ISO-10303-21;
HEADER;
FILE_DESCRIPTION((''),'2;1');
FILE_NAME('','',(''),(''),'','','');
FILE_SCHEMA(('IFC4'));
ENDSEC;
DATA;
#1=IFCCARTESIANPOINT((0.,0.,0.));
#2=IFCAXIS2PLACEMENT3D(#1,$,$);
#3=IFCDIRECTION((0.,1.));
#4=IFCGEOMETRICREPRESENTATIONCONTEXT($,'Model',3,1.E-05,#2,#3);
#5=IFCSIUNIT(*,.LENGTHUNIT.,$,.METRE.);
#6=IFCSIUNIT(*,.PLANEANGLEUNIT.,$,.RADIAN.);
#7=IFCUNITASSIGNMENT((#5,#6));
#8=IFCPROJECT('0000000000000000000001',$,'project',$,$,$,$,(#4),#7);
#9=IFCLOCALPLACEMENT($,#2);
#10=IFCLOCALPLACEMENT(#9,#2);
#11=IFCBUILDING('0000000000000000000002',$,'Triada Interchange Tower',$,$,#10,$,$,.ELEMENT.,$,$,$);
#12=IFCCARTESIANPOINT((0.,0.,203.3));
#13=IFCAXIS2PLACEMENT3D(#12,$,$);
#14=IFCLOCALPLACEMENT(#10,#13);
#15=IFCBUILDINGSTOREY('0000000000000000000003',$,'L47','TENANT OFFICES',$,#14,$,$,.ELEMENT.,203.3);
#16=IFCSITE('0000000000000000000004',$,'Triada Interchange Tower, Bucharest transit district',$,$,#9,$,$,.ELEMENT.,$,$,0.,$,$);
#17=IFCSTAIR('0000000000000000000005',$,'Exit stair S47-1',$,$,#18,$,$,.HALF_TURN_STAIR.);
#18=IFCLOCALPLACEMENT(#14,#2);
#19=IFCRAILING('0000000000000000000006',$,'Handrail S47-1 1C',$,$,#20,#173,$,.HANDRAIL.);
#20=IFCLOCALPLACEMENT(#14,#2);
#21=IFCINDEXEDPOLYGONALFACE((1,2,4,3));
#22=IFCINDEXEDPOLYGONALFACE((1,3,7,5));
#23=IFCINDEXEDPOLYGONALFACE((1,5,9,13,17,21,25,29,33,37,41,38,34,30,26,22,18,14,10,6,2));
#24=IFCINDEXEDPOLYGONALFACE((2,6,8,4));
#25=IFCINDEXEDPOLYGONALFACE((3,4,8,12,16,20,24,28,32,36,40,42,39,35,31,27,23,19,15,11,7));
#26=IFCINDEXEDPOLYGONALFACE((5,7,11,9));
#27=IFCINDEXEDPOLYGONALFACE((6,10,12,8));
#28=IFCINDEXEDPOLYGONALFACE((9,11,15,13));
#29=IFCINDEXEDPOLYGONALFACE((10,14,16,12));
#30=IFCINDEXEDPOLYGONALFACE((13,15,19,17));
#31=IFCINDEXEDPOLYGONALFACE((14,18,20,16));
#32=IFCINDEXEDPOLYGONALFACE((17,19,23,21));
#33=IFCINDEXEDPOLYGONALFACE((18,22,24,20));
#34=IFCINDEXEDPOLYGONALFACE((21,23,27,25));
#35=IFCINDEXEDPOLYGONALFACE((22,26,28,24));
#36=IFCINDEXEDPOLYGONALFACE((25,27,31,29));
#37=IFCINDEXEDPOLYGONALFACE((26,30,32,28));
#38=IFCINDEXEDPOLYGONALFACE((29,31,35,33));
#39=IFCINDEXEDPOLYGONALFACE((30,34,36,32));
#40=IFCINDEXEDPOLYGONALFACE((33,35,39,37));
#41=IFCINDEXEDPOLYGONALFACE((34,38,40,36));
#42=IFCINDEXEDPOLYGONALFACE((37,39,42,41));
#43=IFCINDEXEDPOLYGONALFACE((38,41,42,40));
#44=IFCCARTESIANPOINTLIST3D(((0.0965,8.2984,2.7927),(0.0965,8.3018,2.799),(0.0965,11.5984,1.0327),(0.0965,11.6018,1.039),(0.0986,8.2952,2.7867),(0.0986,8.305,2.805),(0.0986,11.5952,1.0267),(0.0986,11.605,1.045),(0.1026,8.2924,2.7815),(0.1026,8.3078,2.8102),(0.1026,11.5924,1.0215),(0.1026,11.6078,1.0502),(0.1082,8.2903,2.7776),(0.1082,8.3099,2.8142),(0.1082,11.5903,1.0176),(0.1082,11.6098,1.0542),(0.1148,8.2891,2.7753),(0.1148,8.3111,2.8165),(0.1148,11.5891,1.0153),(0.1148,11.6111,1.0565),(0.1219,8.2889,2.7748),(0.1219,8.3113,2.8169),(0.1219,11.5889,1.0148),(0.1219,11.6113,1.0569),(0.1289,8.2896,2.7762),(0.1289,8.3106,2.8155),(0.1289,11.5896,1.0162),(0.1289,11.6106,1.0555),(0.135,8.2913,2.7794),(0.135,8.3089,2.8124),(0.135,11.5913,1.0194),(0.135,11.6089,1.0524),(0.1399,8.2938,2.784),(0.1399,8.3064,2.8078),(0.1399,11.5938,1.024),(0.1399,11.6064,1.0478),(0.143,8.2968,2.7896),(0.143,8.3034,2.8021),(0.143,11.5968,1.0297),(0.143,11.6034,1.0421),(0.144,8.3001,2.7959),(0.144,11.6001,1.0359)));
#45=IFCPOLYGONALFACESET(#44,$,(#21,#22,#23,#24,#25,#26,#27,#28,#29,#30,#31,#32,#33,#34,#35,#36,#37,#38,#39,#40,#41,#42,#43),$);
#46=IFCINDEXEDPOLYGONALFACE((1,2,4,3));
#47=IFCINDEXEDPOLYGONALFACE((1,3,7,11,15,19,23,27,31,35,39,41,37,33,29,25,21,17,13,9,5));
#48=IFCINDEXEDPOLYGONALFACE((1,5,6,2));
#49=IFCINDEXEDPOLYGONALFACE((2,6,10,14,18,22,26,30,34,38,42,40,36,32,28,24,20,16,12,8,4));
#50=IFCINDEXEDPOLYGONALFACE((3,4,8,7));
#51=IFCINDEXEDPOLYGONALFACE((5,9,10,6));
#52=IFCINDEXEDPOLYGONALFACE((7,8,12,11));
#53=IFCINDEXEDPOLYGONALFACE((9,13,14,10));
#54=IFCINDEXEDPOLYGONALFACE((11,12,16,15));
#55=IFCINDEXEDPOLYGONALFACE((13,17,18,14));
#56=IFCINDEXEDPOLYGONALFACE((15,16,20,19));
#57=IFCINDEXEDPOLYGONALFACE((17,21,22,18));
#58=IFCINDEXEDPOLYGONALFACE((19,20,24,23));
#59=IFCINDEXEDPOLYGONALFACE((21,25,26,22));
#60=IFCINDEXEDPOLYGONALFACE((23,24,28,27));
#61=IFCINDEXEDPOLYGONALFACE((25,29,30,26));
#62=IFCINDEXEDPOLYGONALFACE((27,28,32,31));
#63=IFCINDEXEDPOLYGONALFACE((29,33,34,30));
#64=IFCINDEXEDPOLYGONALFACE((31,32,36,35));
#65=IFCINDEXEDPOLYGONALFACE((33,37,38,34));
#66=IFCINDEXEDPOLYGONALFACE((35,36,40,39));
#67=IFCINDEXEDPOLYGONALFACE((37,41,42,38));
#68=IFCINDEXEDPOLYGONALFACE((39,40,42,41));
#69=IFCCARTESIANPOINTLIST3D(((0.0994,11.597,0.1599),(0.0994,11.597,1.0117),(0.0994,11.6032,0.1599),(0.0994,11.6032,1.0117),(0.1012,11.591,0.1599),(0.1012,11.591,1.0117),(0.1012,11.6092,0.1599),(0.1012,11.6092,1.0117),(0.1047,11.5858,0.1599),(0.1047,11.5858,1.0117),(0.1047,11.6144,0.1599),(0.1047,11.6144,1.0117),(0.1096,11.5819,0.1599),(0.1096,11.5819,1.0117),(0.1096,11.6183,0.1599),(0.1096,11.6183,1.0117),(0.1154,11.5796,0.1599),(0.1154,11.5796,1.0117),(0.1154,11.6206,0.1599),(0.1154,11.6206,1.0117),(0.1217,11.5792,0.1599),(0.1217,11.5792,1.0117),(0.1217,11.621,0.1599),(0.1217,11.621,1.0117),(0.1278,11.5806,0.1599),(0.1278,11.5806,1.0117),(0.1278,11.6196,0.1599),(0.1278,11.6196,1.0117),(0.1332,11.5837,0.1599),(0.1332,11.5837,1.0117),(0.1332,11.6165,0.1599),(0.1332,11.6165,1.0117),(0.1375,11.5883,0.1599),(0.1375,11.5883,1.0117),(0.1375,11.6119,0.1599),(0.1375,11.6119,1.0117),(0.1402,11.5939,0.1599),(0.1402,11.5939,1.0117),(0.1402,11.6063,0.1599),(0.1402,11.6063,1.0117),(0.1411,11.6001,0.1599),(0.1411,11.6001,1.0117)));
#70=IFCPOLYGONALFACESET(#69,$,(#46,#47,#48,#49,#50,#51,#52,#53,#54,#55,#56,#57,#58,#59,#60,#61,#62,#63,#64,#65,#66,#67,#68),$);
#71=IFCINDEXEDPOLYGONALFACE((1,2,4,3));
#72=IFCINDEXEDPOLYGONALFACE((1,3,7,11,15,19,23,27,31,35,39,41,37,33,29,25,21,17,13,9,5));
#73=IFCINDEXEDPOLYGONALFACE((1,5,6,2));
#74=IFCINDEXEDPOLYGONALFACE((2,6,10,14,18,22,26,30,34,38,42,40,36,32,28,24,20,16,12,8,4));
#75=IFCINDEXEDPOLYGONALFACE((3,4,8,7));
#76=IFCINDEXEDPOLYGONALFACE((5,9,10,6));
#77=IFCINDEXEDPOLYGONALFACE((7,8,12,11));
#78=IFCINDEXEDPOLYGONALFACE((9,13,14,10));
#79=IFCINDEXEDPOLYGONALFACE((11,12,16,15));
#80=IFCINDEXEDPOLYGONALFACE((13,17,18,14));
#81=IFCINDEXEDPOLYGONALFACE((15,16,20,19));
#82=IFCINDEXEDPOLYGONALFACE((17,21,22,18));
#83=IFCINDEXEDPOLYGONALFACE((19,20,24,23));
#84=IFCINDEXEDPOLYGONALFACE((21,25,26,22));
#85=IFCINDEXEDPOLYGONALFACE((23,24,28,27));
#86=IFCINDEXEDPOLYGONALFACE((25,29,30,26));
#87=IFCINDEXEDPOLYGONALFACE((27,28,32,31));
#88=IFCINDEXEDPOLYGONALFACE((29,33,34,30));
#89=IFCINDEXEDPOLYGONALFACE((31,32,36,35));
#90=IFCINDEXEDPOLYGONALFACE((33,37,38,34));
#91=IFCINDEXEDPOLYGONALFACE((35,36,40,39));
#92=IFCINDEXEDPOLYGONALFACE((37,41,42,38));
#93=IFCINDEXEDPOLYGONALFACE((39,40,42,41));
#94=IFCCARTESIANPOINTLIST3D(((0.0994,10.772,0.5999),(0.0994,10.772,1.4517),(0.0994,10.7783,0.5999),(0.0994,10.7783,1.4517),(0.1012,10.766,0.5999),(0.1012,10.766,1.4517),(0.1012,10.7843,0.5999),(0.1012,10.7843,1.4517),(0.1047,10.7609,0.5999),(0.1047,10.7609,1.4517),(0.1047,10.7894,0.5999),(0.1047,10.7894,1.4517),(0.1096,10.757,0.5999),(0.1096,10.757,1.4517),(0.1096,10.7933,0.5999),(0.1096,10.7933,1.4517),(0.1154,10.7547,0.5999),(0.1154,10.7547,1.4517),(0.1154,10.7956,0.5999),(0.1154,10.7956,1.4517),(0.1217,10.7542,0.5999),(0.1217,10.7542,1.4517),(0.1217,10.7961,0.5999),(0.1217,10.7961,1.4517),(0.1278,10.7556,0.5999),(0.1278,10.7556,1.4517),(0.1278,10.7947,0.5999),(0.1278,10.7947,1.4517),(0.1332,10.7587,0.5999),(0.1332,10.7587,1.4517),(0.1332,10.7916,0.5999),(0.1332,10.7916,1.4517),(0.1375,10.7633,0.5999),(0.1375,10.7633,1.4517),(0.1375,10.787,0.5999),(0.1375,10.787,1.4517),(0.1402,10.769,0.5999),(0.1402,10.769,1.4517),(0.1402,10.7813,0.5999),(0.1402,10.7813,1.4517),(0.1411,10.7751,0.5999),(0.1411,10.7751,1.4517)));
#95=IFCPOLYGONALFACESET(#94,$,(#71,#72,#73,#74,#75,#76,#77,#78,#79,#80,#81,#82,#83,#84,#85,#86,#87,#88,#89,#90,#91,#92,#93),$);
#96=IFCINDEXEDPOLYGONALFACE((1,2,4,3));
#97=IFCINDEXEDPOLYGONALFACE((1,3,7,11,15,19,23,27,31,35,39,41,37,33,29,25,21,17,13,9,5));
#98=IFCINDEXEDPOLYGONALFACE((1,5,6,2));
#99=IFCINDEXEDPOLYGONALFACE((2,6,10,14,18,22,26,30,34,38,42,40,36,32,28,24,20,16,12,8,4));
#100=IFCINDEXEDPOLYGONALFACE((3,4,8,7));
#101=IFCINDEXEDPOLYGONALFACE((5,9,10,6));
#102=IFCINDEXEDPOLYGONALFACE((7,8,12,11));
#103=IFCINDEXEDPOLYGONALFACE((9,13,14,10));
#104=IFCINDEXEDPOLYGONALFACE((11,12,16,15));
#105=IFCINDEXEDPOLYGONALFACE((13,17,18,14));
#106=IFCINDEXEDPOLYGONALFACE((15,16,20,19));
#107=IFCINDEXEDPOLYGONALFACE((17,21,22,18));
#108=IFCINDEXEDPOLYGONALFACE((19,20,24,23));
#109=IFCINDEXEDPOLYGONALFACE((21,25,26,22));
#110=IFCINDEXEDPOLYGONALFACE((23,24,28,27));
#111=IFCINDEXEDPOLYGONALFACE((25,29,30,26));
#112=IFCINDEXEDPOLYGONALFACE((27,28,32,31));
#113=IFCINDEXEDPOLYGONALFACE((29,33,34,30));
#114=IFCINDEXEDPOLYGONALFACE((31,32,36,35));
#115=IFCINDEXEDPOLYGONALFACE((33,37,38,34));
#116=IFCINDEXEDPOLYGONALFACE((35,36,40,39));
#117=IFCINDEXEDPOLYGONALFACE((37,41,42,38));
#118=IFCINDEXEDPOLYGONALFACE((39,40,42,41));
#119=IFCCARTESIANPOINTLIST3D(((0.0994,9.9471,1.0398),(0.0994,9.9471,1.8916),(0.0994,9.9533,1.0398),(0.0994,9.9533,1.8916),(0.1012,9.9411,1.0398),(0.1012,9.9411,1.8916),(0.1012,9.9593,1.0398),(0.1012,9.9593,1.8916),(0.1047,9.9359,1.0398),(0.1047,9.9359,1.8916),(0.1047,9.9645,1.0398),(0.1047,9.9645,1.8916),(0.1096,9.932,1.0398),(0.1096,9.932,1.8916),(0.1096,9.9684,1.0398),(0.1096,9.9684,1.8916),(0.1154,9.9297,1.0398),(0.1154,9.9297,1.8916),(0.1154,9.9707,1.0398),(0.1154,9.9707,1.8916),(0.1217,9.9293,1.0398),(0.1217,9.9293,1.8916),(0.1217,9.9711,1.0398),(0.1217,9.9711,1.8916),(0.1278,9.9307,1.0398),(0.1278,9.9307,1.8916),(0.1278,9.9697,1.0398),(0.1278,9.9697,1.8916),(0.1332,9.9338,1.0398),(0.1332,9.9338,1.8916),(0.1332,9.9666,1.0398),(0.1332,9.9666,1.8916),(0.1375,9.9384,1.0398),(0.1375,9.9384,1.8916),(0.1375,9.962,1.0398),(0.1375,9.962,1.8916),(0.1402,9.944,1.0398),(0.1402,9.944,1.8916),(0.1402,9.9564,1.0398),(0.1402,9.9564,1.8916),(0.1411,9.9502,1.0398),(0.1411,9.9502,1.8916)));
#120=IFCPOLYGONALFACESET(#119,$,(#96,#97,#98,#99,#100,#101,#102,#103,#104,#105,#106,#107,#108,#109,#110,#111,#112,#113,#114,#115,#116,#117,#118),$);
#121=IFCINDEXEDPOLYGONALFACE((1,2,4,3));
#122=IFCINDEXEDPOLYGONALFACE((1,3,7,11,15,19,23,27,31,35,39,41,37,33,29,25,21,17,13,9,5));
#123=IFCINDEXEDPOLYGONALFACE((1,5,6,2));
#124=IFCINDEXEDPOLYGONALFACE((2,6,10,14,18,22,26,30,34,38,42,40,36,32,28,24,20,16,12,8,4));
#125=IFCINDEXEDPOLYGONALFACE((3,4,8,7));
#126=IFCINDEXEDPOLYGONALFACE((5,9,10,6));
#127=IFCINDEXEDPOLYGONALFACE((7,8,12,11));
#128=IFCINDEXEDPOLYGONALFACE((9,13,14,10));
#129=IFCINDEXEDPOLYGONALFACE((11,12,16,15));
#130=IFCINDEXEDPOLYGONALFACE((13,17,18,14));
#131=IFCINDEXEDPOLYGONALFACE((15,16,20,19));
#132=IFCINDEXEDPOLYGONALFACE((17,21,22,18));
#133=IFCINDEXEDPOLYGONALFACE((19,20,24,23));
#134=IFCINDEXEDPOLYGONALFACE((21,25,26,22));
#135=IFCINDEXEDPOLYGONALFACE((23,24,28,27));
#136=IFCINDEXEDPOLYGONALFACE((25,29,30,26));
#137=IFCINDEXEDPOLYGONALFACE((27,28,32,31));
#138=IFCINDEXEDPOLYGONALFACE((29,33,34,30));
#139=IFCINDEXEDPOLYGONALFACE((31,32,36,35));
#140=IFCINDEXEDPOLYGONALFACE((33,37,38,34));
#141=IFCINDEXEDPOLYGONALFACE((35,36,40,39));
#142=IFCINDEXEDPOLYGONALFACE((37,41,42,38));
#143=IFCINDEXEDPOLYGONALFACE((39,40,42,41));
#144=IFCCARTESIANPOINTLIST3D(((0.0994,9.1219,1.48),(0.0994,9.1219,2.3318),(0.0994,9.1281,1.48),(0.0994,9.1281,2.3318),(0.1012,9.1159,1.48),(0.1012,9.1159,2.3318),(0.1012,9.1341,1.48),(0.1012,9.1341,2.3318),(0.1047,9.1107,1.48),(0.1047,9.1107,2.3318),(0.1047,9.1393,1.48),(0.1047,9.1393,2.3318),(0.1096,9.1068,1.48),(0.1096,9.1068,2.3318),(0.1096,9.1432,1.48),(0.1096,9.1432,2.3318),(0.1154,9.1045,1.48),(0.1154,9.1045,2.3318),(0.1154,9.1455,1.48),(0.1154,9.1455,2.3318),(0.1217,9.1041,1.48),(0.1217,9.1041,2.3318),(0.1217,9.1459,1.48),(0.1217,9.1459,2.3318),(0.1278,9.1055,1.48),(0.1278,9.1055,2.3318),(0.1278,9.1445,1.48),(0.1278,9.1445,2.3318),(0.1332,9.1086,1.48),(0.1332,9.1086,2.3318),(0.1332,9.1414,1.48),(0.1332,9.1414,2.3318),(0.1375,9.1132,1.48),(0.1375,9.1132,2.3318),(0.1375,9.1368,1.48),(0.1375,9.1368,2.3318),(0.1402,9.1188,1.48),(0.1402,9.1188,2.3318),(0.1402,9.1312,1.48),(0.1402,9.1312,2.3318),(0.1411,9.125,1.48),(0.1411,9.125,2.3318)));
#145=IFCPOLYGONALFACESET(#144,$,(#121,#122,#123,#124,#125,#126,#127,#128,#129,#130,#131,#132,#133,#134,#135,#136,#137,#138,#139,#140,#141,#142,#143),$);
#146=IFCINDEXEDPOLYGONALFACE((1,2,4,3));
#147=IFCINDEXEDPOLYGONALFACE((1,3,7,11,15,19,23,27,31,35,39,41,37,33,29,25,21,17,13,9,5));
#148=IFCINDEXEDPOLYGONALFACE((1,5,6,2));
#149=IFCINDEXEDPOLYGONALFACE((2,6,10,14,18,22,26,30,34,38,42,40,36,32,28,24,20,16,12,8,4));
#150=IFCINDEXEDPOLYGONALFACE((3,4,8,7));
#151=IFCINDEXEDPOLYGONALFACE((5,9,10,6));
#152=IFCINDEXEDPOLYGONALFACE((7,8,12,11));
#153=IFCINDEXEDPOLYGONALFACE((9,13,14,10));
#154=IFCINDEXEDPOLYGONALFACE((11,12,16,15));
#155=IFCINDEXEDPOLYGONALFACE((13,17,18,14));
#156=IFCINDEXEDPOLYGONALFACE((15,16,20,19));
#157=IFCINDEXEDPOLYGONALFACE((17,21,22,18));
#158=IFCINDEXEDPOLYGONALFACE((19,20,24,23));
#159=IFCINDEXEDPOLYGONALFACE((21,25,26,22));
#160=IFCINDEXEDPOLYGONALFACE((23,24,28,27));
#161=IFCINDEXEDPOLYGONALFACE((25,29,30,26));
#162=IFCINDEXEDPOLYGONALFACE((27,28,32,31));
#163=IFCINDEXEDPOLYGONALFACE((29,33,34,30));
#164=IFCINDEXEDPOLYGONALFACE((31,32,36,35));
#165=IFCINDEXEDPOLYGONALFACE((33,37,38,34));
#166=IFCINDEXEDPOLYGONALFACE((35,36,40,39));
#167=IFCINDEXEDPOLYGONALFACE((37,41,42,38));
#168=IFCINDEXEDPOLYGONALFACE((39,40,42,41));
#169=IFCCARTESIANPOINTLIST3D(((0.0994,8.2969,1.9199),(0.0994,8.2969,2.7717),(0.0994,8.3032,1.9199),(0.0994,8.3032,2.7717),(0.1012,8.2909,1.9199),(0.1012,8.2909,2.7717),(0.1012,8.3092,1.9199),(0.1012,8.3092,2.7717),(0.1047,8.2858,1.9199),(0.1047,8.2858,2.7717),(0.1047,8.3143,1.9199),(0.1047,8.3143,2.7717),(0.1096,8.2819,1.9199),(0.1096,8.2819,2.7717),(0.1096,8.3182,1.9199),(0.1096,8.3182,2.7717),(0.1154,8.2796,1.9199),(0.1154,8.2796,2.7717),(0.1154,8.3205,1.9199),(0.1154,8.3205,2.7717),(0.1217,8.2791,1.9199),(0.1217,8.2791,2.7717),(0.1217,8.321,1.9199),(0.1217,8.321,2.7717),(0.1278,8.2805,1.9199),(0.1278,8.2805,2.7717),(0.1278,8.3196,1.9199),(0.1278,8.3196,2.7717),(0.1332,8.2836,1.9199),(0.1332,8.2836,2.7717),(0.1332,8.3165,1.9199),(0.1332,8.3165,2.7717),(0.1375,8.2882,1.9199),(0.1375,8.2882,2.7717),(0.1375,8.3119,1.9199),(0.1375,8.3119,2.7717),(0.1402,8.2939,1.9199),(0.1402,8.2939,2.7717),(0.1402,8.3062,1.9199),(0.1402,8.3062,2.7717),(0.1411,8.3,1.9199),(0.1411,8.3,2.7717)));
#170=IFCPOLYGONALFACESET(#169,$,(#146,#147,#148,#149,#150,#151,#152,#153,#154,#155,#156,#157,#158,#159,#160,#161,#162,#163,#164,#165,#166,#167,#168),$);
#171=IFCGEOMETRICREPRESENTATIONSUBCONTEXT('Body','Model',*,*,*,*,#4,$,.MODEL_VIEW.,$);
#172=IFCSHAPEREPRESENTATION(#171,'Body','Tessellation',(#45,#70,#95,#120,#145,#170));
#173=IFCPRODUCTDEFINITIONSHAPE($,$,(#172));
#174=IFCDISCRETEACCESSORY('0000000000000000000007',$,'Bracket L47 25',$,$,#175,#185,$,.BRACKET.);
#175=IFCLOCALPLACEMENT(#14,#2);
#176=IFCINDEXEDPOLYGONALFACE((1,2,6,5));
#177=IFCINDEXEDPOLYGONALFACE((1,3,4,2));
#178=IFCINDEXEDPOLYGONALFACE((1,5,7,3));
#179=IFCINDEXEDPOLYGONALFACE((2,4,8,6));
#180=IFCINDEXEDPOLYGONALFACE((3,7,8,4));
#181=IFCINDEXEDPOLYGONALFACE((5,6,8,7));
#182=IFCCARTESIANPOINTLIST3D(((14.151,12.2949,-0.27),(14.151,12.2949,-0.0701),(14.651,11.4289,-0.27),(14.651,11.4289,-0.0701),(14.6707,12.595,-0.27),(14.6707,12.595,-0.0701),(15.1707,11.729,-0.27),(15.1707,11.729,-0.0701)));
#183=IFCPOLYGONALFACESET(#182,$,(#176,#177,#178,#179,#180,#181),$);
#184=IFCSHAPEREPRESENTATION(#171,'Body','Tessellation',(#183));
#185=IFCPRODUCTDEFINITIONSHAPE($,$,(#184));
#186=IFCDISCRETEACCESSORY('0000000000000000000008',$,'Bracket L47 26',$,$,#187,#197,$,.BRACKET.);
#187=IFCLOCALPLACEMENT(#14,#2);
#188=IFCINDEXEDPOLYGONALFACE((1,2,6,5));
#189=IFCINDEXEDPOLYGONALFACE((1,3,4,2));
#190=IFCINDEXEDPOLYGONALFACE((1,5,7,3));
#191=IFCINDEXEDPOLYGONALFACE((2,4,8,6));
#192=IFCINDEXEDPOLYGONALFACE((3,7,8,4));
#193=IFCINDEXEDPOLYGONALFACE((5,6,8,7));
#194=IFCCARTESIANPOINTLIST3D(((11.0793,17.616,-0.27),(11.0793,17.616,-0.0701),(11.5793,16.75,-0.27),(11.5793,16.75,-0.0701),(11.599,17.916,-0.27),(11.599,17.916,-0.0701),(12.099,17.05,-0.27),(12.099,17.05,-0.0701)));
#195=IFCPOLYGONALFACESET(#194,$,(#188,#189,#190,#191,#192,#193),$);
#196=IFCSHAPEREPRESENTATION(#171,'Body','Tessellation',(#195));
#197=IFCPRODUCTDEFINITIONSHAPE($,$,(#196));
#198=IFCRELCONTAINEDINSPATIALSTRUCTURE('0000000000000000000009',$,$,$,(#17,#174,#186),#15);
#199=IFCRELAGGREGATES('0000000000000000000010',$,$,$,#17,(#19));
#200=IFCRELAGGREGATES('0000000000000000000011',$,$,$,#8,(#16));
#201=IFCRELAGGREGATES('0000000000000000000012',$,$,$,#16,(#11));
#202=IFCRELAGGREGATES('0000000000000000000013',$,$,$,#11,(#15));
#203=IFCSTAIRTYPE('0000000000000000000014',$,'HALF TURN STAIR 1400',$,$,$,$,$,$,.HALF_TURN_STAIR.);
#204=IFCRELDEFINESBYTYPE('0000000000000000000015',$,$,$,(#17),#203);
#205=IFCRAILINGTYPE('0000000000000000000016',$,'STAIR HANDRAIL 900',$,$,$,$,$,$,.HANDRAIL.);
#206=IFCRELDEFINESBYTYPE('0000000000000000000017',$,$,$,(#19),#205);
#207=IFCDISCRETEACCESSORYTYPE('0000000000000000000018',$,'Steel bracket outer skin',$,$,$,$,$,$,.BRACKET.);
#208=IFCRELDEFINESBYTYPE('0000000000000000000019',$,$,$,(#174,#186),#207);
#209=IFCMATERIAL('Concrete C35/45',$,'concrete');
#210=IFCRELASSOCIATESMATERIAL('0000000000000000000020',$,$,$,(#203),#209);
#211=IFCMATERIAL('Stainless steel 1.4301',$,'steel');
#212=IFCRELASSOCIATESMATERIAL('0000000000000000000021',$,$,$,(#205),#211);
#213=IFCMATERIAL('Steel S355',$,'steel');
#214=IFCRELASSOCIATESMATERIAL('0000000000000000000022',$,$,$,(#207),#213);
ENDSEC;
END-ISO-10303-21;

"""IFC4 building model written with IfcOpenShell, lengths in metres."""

from ifc_helpers import new_model, si_unit, direction, frame, origin, origin_2d, place, context, subcontext, project, spatial, rectangle, circle, extrude, material, type_object, element, aggregate, save


model = new_model("IFC4")

# Units and contexts
model_context = context("Model", 3, precision=1e-05, world=origin(), true_north=direction((0.0, 1.0)))
body_context = subcontext(model_context, "Body", "Model", "MODEL_VIEW")
ifc_project = project(units=[si_unit("LENGTHUNIT", "METRE"), si_unit("PLANEANGLEUNIT", "RADIAN")], contexts=[model_context])

# Site, building, storey
site_placement = place(None, origin())
site = spatial("IfcSite", under=ifc_project, at=site_placement, Name="Triada Interchange Tower, Bucharest transit district", CompositionType="ELEMENT", RefElevation=0.0)
building_placement = place(site_placement, origin())
building = spatial("IfcBuilding", under=site, at=building_placement, Name="Triada Interchange Tower", CompositionType="ELEMENT")
storey_placement = place(building_placement, frame((0.0, 0.0, 203.3)))
storey = spatial("IfcBuildingStorey", under=building, at=storey_placement, Name="L47", Description="TENANT OFFICES", CompositionType="ELEMENT", Elevation=203.3)

# Stair
ifc_material_1 = material(Name="Concrete C35/45", Category="concrete")
stair_type = type_object("IfcStairType", Name="HALF TURN STAIR 1400", PredefinedType="HALF_TURN_STAIR", material=ifc_material_1)
stair_placement = place(storey_placement, origin())
stair = element("IfcStair", 1, at=stair_placement, inside=storey, type_object=stair_type, Name="Exit stair S47-1", PredefinedType="HALF_TURN_STAIR")

# Railing
ifc_material_2 = material(Name="Stainless steel 1.4301", Category="steel")
railing_type = type_object("IfcRailingType", Name="STAIR HANDRAIL 900", PredefinedType="HANDRAIL", material=ifc_material_2)
railing_1_placement = place(storey_placement, frame((0.1201, 11.6001, 0.1599)))
railing_1 = element("IfcRailing", 2, at=railing_1_placement, type_object=railing_type, Name="Handrail S47-1 1C", PredefinedType="HANDRAIL", context=body_context, shape_type="SweptSolid", body=[
    extrude(circle(Radius=0.0239, at=origin_2d()), frame((0.0, 0.0, 0.876), z_axis=(0.0, -0.882355, 0.470585), x_axis=(1.0, 0.0, 0.0)), (0.0, 0.0, 1.0), 3.74),
    extrude(circle(Radius=0.021, at=origin_2d()), origin(), (0.0, 0.0, 1.0), 0.8518),
    extrude(circle(Radius=0.021, at=origin_2d()), frame((0.0, -0.825, 0.4399)), (0.0, 0.0, 1.0), 0.8518),
    extrude(circle(Radius=0.021, at=origin_2d()), frame((0.0, -1.6499, 0.8799)), (0.0, 0.0, 1.0), 0.8518),
    extrude(circle(Radius=0.021, at=origin_2d()), frame((0.0, -2.4751, 1.3201)), (0.0, 0.0, 1.0), 0.8518),
    extrude(circle(Radius=0.021, at=origin_2d()), frame((0.0, -3.3, 1.76)), (0.0, 0.0, 1.0), 0.8518),
])
aggregate(stair, [railing_1])

# Discrete accessories
ifc_material_3 = material(Name="Steel S355", Category="steel")
discrete_accessory_type = type_object("IfcDiscreteAccessoryType", Name="Steel bracket outer skin", PredefinedType="BRACKET", material=ifc_material_3)
for number, where, z_axis, x_axis, name in (
    (3, (14.6609, 12.012, -0.27), (0.0, 0.0, 1.0), (0.866021, 0.500007, 0.0), "Bracket L47 25"),
    (4, (11.5891, 17.333, -0.27), (0.0, 0.0, 1.0), (0.866021, 0.500007, 0.0), "Bracket L47 26"),
):
    element("IfcDiscreteAccessory", number, at=place(storey_placement, frame(where, z_axis=z_axis, x_axis=x_axis)), inside=storey, type_object=discrete_accessory_type, Name=name, PredefinedType="BRACKET", context=body_context, shape_type="SweptSolid", body=[
        extrude(rectangle(XDim=0.6001, YDim=1.0, at=origin_2d()), origin(), (0.0, 0.0, 1.0), 0.2),
    ])

save(model, "model.ifc")
